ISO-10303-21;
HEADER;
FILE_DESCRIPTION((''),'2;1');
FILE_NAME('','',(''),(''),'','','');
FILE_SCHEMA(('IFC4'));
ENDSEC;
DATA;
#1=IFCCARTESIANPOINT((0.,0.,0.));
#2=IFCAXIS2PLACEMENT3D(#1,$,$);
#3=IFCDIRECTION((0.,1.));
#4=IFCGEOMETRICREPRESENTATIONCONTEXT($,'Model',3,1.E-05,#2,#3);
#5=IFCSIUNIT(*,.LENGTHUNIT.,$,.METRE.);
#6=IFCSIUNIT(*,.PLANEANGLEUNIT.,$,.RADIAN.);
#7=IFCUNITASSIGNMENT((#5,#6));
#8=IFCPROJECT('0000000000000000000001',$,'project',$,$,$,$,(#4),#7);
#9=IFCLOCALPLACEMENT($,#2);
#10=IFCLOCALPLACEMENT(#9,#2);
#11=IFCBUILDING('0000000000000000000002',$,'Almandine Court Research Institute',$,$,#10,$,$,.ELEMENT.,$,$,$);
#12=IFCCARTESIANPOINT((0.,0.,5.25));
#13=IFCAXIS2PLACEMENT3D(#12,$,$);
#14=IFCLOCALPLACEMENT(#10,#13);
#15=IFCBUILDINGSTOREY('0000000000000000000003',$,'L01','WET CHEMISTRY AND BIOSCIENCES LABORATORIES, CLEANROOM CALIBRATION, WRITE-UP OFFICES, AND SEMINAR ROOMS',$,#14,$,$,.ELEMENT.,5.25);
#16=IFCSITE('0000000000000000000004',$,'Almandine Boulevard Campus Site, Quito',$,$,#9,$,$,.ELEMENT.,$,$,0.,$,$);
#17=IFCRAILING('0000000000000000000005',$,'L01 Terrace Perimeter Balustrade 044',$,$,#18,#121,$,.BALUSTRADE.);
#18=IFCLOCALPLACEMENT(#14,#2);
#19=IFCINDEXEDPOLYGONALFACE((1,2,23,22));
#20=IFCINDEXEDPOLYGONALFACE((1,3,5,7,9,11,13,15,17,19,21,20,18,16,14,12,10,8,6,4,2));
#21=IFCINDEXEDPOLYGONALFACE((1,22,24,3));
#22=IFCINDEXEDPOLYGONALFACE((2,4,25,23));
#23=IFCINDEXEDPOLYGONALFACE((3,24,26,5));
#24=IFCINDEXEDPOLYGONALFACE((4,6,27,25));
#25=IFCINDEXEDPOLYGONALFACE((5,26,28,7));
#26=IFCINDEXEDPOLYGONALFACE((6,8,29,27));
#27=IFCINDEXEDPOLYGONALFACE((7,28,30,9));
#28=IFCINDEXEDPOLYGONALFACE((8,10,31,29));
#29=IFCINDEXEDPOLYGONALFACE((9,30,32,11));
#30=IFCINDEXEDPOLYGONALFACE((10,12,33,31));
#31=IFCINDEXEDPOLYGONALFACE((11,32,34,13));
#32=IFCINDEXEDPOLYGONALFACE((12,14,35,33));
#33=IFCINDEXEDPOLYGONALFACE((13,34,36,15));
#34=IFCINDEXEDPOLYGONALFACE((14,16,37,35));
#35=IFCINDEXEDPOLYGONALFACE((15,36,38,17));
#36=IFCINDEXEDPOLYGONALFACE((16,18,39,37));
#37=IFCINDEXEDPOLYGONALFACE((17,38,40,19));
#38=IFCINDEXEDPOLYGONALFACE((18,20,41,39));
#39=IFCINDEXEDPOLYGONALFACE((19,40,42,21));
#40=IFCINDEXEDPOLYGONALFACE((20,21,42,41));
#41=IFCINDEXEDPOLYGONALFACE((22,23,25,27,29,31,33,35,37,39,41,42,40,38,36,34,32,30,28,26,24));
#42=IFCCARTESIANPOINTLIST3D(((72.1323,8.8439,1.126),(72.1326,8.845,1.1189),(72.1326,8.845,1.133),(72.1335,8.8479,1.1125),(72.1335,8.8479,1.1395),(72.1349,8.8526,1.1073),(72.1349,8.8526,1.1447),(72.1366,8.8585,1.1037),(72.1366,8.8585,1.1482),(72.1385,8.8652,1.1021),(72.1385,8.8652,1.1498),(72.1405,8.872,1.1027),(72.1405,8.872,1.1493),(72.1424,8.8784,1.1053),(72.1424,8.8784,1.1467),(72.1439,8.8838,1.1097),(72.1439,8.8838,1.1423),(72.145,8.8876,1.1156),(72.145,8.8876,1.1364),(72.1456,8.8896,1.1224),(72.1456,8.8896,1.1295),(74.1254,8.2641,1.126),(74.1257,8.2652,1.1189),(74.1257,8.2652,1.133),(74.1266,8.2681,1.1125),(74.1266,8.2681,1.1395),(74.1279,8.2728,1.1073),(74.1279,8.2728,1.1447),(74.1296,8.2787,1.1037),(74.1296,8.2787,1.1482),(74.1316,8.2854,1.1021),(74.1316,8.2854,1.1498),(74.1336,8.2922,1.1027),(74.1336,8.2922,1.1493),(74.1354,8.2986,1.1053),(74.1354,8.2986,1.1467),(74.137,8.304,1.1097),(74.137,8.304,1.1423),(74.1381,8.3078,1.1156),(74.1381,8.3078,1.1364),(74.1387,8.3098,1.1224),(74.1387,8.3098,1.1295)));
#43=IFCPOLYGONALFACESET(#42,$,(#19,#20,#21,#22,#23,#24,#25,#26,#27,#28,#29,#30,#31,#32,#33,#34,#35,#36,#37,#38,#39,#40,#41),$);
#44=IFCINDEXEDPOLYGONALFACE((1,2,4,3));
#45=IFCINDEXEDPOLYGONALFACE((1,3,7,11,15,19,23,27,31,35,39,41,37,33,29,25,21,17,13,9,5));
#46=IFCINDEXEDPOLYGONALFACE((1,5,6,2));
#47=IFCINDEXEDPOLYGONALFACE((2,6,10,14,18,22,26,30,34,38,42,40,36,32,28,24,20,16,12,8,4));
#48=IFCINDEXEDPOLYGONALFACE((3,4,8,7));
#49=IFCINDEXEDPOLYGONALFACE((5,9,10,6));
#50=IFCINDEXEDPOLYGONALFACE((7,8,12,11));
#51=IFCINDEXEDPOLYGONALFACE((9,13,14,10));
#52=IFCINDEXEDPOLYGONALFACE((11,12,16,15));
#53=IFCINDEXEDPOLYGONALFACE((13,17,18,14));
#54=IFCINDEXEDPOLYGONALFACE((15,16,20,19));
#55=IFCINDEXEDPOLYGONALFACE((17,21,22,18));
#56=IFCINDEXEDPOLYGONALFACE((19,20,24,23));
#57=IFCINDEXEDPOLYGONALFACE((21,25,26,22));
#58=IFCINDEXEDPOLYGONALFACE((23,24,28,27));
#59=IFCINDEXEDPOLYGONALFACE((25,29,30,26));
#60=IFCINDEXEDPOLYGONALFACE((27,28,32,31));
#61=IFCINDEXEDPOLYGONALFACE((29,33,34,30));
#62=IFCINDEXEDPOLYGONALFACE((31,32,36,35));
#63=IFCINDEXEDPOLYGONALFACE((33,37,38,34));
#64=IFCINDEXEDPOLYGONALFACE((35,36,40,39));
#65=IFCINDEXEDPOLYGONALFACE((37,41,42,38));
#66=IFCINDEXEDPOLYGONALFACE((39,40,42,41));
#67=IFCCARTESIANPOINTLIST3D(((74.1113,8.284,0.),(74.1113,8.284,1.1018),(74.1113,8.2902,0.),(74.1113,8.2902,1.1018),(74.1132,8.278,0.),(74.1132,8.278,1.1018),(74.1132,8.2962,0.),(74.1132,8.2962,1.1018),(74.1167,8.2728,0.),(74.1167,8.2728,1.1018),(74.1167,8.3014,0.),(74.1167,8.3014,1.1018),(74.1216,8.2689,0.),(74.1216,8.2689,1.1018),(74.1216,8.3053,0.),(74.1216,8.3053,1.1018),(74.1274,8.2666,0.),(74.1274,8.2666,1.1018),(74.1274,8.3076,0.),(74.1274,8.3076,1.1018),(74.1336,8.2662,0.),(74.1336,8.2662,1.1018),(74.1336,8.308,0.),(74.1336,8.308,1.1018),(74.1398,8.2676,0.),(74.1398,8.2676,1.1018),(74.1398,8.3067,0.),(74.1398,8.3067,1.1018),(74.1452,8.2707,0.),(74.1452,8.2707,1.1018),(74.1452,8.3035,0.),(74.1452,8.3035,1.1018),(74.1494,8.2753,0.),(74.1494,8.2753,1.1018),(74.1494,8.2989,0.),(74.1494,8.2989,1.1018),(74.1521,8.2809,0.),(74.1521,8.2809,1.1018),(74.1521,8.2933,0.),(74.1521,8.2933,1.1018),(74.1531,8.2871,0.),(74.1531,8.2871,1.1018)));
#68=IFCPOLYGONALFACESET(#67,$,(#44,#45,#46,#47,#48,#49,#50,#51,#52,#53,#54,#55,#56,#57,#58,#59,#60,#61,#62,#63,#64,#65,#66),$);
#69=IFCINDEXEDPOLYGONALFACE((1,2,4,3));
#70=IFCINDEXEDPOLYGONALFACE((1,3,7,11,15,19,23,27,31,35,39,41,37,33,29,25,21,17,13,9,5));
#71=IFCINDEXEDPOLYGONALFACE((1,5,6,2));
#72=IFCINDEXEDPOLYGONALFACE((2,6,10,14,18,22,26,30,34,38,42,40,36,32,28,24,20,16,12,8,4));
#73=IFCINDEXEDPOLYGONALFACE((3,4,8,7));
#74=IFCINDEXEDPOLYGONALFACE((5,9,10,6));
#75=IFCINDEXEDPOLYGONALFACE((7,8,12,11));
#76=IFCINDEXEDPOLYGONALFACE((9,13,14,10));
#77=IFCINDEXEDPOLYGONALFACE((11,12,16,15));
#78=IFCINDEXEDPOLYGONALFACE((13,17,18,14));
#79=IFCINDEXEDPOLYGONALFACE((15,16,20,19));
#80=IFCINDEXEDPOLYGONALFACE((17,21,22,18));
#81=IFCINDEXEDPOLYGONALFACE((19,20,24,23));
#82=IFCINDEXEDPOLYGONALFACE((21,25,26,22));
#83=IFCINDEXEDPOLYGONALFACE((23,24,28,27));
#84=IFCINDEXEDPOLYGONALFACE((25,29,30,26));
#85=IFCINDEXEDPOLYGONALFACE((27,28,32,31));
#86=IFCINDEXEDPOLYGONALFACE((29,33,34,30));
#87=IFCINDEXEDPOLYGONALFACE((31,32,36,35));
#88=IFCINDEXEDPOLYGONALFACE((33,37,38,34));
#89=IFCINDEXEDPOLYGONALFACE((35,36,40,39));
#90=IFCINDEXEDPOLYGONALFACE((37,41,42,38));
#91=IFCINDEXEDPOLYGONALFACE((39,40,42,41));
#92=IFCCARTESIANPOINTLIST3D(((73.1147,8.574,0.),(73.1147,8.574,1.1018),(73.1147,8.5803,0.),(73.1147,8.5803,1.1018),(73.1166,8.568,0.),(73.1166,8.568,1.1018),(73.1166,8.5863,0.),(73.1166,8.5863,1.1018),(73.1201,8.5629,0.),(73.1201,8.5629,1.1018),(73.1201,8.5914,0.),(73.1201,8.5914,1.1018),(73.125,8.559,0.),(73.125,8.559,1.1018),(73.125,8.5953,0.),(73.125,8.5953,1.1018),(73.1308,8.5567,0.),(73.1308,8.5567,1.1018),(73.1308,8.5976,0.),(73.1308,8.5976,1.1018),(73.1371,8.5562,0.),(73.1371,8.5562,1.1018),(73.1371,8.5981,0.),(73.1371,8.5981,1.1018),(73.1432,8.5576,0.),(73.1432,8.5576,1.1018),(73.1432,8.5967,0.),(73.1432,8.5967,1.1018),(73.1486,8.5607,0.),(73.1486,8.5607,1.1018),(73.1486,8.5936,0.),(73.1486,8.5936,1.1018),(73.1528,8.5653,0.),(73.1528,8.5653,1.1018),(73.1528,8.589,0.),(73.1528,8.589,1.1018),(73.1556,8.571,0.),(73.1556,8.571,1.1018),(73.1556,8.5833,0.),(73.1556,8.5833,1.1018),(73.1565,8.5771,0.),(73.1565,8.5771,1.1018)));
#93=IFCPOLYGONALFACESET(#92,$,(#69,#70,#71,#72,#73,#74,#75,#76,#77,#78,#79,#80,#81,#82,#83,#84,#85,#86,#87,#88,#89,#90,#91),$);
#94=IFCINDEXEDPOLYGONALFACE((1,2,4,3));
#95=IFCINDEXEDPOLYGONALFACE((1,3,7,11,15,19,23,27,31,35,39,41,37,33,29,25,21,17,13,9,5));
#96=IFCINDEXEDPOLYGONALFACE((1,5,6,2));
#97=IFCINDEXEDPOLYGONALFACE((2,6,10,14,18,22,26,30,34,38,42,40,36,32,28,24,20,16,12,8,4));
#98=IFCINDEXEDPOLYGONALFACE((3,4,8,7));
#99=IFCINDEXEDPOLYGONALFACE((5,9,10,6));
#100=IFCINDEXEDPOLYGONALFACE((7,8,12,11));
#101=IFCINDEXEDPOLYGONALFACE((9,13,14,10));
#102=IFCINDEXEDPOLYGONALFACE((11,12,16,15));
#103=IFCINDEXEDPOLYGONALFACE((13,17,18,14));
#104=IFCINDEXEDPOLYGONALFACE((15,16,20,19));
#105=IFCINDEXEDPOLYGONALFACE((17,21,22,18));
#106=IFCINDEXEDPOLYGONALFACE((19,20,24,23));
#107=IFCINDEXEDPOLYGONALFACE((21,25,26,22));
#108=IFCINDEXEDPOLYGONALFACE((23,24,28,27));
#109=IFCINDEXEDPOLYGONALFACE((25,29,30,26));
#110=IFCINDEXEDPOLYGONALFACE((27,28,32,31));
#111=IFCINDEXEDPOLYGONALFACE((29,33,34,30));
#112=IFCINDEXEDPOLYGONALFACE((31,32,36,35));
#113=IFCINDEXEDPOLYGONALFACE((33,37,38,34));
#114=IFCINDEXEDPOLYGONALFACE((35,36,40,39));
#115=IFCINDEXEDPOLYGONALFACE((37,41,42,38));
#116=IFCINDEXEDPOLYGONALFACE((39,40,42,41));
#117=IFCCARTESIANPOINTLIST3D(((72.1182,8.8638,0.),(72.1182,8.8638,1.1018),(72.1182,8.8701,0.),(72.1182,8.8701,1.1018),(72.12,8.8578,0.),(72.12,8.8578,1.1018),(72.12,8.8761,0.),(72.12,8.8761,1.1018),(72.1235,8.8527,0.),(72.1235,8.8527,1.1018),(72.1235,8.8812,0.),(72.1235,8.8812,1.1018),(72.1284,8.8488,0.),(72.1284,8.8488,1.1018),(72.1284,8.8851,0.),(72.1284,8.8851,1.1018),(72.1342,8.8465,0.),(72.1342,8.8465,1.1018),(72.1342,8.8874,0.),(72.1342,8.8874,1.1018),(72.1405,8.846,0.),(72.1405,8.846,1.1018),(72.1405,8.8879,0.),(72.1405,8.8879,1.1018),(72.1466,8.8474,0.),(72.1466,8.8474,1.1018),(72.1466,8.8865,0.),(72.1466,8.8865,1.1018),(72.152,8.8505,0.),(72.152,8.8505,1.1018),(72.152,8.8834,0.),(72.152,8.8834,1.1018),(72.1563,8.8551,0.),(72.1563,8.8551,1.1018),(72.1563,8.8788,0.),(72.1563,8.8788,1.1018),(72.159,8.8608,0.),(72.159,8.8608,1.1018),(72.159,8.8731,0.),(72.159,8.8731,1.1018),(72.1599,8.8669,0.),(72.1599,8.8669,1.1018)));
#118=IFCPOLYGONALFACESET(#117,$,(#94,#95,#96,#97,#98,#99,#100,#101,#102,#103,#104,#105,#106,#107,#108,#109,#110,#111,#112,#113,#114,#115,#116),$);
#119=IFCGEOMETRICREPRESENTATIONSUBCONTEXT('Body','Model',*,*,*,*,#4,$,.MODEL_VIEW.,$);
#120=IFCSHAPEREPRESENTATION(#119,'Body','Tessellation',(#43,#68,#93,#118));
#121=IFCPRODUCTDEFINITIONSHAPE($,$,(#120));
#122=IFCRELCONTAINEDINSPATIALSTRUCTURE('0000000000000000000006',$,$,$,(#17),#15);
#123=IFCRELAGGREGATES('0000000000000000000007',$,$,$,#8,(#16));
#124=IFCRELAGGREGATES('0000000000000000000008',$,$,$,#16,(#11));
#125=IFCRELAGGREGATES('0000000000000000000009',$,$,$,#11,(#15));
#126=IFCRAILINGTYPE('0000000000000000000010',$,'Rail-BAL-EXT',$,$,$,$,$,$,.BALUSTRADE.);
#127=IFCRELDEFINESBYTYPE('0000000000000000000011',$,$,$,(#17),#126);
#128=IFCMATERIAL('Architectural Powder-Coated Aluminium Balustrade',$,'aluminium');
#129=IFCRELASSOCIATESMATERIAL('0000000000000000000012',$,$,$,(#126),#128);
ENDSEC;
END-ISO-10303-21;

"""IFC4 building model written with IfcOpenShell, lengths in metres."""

from ifc_helpers import new_model, si_unit, direction, frame, origin, origin_2d, place, context, subcontext, project, spatial, circle, extrude, material, type_object, element, save


model = new_model("IFC4")

# Units and contexts
model_context = context("Model", 3, precision=1e-05, world=origin(), true_north=direction((0.0, 1.0)))
body_context = subcontext(model_context, "Body", "Model", "MODEL_VIEW")
ifc_project = project(units=[si_unit("LENGTHUNIT", "METRE"), si_unit("PLANEANGLEUNIT", "RADIAN")], contexts=[model_context])

# Site, building, storey
site_placement = place(None, origin())
site = spatial("IfcSite", under=ifc_project, at=site_placement, Name="Almandine Boulevard Campus Site, Quito", CompositionType="ELEMENT", RefElevation=0.0)
building_placement = place(site_placement, origin())
building = spatial("IfcBuilding", under=site, at=building_placement, Name="Almandine Court Research Institute", CompositionType="ELEMENT")
storey_placement = place(building_placement, frame((0.0, 0.0, 5.25)))
storey = spatial("IfcBuildingStorey", under=building, at=storey_placement, Name="L01", Description="WET CHEMISTRY AND BIOSCIENCES LABORATORIES, CLEANROOM CALIBRATION, WRITE-UP OFFICES, AND SEMINAR ROOMS", CompositionType="ELEMENT", Elevation=5.25)

# Railing
ifc_material_1 = material(Name="Architectural Powder-Coated Aluminium Balustrade", Category="aluminium")
railing_type = type_object("IfcRailingType", Name="Rail-BAL-EXT", PredefinedType="BALUSTRADE", material=ifc_material_1)
railing_1_placement = place(storey_placement, frame((74.1321, 8.2871, 0.0)))
element("IfcRailing", 1, at=railing_1_placement, inside=storey, type_object=railing_type, Name="L01 Terrace Perimeter Balustrade 044", PredefinedType="BALUSTRADE", context=body_context, shape_type="SweptSolid", body=[
    extrude(circle(Radius=0.0239, at=origin_2d()), frame((0.0, 0.0, 1.126), z_axis=(-0.960195, 0.279332, 0.0), x_axis=(-0.279332, -0.960195, 0.0)), (0.0, 0.0, 1.0), 2.0757),
    extrude(circle(Radius=0.021, at=origin_2d()), origin(), (0.0, 0.0, 1.0), 1.1018),
    extrude(circle(Radius=0.021, at=origin_2d()), frame((-0.9966, 0.29, 0.0)), (0.0, 0.0, 1.0), 1.1018),
    extrude(circle(Radius=0.021, at=origin_2d()), frame((-1.9932, 0.5798, 0.0)), (0.0, 0.0, 1.0), 1.1018),
])

save(model, "model.ifc")
